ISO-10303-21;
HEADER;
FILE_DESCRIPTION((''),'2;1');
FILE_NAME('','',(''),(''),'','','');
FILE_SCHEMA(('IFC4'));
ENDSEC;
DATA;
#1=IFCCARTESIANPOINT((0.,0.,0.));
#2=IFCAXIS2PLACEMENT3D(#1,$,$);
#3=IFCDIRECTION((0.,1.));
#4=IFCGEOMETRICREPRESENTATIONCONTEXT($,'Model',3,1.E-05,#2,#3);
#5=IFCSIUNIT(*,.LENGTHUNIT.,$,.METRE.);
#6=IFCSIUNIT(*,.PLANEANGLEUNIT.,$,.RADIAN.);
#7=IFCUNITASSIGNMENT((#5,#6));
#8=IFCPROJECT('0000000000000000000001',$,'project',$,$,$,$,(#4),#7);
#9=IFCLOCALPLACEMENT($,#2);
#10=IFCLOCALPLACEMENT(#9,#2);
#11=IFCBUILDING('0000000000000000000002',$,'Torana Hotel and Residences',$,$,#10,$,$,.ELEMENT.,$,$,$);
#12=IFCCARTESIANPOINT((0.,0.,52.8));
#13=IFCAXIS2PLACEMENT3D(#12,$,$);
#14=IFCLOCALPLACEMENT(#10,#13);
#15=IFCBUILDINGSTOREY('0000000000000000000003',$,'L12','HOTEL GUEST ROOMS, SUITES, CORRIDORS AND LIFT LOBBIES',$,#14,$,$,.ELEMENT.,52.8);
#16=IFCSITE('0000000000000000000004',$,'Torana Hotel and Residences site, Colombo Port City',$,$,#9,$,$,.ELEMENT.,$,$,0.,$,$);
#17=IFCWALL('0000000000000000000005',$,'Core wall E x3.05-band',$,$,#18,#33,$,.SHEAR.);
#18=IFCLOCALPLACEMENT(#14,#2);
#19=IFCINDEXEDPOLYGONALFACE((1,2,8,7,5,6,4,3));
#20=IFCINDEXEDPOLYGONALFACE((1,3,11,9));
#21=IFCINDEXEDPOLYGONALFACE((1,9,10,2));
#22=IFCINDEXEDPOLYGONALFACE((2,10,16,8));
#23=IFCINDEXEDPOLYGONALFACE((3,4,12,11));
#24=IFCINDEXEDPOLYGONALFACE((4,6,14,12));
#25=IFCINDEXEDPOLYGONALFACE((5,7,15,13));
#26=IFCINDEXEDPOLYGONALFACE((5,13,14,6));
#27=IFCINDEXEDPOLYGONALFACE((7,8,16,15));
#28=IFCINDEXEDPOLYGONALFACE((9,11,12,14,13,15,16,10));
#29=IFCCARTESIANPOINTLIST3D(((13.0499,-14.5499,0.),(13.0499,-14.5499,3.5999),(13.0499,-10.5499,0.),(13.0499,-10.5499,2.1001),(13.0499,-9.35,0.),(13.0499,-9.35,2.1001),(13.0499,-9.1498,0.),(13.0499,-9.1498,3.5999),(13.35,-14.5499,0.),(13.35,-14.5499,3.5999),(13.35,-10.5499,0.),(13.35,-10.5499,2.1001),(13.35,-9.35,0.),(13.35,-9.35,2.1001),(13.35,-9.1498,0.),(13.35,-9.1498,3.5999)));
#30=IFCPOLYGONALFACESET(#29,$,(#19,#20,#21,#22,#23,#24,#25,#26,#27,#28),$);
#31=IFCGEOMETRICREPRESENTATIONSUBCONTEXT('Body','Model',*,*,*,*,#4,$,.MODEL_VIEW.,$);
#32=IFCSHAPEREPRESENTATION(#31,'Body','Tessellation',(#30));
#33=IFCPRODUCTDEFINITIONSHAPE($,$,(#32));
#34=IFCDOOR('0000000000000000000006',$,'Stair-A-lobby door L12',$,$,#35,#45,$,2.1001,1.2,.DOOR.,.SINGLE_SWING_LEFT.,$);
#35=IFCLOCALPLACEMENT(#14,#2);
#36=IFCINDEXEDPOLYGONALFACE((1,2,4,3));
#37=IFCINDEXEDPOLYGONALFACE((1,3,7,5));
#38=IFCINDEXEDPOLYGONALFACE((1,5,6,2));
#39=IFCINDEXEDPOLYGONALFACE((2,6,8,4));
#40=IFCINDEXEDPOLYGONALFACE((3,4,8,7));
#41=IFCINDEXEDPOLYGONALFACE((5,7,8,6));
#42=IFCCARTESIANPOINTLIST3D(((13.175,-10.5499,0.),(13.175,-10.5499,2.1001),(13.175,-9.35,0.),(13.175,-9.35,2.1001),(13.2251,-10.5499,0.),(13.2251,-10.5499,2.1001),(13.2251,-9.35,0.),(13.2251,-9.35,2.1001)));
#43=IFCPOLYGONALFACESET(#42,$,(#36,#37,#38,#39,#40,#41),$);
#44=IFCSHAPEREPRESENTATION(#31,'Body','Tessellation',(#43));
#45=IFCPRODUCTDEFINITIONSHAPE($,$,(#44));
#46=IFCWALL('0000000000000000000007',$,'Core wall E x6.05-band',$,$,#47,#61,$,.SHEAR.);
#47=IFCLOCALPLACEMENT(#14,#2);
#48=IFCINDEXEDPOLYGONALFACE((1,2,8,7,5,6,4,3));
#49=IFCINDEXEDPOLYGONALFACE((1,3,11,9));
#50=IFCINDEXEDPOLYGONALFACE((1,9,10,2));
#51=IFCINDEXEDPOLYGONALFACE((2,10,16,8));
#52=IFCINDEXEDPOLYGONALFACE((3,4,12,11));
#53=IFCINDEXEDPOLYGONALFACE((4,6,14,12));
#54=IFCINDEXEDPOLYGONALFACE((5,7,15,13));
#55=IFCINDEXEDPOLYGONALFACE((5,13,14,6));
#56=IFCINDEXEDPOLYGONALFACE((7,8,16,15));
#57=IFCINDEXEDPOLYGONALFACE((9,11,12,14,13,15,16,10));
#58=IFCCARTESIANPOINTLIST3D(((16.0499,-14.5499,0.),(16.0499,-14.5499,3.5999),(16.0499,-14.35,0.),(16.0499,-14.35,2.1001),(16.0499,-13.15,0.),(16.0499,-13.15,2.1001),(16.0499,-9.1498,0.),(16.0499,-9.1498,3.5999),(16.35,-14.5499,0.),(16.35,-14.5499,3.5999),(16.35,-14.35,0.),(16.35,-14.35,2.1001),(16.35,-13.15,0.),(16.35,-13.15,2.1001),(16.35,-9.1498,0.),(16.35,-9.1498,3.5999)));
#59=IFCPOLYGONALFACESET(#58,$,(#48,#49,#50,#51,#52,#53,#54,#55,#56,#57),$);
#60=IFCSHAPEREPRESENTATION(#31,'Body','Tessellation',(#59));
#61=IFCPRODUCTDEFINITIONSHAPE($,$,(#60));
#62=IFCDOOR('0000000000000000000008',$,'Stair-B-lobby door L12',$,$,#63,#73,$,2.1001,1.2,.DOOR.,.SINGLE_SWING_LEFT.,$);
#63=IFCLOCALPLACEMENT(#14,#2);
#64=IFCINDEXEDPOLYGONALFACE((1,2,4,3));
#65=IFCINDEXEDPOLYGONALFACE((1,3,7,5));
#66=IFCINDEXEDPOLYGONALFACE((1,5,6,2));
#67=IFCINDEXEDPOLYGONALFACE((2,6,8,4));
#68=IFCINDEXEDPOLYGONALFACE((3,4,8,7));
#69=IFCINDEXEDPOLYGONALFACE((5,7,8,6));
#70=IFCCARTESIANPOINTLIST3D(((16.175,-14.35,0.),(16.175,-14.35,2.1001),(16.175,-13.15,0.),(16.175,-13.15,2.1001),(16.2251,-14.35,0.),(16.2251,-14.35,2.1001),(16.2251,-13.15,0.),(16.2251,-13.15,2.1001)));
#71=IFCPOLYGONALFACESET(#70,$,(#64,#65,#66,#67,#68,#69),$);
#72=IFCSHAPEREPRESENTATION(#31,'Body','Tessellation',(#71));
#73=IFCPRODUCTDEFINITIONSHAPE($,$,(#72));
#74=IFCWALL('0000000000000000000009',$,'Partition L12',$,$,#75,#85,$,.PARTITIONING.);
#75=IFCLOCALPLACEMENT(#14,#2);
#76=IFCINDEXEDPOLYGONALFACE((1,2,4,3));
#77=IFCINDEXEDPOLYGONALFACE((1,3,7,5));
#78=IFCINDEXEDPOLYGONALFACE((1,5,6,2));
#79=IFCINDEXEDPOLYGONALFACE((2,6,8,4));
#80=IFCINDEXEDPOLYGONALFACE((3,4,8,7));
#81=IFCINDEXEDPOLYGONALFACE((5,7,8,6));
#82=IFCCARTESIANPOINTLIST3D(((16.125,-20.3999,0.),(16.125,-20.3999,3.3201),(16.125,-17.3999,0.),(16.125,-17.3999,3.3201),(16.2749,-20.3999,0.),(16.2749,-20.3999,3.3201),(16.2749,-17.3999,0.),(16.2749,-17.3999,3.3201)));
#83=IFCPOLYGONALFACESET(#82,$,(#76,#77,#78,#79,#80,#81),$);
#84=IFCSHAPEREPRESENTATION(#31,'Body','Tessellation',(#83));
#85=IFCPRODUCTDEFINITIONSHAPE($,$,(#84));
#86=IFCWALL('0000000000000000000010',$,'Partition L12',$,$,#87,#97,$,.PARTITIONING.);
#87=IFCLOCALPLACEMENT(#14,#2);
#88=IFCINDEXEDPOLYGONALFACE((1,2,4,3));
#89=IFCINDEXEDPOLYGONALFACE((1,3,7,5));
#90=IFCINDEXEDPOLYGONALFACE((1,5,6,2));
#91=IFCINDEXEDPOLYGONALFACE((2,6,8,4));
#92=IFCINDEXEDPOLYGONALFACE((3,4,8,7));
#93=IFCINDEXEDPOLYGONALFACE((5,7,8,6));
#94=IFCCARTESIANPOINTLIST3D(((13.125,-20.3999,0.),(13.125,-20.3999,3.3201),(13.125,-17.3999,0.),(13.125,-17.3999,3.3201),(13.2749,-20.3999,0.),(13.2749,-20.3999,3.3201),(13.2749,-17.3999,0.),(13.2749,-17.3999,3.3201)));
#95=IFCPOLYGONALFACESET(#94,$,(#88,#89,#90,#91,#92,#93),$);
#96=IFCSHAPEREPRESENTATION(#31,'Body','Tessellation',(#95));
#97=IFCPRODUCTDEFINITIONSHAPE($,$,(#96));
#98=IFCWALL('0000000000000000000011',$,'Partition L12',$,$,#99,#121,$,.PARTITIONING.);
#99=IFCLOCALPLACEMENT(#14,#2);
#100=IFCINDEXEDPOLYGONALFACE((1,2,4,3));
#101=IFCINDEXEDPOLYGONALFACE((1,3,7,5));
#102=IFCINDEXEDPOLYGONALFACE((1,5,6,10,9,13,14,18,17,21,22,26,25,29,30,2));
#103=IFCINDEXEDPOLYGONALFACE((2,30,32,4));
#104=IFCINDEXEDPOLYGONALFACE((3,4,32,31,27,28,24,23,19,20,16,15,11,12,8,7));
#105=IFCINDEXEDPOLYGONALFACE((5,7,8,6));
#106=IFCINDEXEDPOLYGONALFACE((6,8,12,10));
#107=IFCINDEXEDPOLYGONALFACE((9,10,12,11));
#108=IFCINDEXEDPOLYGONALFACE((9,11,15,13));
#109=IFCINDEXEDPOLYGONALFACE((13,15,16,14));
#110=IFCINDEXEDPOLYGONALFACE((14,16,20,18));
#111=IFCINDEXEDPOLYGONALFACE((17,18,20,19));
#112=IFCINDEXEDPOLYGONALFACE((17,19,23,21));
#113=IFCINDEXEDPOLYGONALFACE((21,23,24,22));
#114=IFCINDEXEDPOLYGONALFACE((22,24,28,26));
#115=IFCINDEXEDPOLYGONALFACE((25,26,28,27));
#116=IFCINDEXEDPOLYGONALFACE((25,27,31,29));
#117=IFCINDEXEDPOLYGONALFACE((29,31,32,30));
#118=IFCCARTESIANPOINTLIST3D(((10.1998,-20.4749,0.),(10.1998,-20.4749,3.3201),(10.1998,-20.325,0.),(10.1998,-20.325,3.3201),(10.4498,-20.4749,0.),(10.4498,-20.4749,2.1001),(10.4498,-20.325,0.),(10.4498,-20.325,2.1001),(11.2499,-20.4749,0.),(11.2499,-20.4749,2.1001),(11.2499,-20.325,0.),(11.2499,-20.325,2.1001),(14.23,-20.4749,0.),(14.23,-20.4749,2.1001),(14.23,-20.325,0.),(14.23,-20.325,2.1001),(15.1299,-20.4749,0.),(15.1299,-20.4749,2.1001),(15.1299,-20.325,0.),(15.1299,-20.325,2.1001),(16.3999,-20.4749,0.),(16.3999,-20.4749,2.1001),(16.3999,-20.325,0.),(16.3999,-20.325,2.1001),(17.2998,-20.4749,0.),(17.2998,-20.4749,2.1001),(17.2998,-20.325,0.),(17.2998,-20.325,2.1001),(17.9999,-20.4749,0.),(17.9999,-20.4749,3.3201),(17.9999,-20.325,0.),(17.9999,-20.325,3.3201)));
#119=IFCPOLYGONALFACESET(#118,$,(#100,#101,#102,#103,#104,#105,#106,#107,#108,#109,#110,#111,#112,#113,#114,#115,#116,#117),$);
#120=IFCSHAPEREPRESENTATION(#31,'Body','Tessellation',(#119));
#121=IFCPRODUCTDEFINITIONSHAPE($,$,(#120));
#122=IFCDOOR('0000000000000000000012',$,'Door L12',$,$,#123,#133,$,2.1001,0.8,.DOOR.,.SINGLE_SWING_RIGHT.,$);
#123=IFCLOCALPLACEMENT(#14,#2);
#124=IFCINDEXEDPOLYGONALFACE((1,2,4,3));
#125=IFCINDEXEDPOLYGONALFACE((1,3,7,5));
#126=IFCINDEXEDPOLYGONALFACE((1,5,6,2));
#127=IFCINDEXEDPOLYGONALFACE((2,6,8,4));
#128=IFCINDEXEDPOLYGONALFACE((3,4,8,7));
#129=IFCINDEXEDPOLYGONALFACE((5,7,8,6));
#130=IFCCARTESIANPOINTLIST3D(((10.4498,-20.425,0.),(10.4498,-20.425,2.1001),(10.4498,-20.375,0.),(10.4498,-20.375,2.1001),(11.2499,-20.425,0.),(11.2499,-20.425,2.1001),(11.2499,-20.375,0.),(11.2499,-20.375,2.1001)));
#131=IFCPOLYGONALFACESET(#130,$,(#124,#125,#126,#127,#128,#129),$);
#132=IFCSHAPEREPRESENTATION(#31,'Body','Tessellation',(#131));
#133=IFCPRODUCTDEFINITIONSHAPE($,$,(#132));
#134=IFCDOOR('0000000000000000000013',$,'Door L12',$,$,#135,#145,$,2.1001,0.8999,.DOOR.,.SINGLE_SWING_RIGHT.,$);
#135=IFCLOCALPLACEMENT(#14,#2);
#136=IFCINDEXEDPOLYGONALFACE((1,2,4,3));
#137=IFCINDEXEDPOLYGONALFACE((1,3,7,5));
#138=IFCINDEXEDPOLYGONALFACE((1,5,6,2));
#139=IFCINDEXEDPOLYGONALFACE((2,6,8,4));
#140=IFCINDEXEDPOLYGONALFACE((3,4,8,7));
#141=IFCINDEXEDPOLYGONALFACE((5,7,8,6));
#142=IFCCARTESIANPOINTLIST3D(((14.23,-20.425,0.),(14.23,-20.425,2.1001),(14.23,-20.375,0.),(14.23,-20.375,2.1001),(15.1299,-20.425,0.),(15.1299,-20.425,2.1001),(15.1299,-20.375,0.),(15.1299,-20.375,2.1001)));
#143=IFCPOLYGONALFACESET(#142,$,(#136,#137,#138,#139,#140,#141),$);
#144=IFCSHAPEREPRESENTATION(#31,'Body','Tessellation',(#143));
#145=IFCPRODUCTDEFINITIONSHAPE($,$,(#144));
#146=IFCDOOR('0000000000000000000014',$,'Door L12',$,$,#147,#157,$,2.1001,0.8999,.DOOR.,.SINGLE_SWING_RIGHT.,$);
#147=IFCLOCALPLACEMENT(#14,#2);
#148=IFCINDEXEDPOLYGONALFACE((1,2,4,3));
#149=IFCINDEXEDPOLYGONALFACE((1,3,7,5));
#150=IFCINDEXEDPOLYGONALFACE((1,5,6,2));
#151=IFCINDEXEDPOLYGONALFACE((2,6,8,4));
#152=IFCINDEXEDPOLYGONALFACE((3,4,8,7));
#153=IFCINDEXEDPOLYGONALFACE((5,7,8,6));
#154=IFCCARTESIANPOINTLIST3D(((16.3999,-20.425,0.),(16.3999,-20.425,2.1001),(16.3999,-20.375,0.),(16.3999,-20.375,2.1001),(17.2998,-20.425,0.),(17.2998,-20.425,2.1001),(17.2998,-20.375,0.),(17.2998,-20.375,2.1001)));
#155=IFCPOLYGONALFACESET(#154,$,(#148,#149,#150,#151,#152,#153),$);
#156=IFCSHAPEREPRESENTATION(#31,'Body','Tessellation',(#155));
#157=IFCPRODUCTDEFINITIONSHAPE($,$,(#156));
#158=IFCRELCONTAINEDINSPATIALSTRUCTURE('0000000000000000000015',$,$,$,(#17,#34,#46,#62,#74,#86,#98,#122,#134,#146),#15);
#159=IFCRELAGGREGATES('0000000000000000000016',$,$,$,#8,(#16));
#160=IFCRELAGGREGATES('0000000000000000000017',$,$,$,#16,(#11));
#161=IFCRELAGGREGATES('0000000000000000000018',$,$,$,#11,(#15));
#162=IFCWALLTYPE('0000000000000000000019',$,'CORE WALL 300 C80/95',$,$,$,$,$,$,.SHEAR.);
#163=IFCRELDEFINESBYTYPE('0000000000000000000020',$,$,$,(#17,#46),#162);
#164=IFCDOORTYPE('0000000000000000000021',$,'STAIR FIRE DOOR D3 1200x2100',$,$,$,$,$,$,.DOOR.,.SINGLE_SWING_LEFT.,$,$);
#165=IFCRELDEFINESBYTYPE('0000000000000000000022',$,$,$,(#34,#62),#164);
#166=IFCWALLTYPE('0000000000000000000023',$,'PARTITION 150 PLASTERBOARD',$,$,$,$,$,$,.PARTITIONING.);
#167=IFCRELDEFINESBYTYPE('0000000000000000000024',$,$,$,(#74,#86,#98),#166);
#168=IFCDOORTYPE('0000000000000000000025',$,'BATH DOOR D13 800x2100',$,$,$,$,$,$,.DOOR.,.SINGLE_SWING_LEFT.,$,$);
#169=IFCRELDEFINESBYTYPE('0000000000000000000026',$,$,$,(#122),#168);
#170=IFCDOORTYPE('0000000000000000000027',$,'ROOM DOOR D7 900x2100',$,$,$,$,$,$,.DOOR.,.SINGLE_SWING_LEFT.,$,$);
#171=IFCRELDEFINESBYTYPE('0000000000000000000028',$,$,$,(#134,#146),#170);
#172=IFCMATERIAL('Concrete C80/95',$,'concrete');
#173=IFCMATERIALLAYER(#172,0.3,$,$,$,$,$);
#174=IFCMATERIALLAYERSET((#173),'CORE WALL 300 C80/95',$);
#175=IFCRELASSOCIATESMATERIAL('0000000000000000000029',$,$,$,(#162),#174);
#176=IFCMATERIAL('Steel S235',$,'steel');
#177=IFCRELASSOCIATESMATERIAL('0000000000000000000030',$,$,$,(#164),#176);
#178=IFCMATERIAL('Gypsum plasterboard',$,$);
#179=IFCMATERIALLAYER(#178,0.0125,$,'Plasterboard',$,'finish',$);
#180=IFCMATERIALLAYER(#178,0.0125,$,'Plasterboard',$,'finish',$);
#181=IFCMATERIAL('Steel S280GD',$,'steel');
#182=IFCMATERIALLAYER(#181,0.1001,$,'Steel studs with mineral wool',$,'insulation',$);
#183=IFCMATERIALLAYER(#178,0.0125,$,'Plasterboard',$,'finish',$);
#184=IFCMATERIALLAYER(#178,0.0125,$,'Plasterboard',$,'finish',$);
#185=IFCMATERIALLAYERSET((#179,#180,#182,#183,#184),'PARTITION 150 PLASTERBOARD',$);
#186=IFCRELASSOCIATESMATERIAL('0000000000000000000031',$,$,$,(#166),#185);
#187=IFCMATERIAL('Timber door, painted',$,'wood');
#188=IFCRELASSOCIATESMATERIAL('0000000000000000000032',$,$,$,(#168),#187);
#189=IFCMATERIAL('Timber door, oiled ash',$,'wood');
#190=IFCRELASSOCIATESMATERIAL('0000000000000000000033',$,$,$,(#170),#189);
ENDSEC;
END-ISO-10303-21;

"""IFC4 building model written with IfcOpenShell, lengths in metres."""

from ifc_helpers import new_model, si_unit, direction, frame, frame_2d, origin, place, context, subcontext, project, spatial, rectangle, extrude, material, layer, layer_set, type_object, element, fill, save


model = new_model("IFC4")

# Units and contexts
model_context = context("Model", 3, precision=1e-05, world=origin(), true_north=direction((0.0, 1.0)))
body_context = subcontext(model_context, "Body", "Model", "MODEL_VIEW")
ifc_project = project(units=[si_unit("LENGTHUNIT", "METRE"), si_unit("PLANEANGLEUNIT", "RADIAN")], contexts=[model_context])

# Site, building, storey
site_placement = place(None, origin())
site = spatial("IfcSite", under=ifc_project, at=site_placement, Name="Torana Hotel and Residences site, Colombo Port City", CompositionType="ELEMENT", RefElevation=0.0)
building_placement = place(site_placement, origin())
building = spatial("IfcBuilding", under=site, at=building_placement, Name="Torana Hotel and Residences", CompositionType="ELEMENT")
storey_placement = place(building_placement, frame((0.0, 0.0, 52.8)))
storey = spatial("IfcBuildingStorey", under=building, at=storey_placement, Name="L12", Description="HOTEL GUEST ROOMS, SUITES, CORRIDORS AND LIFT LOBBIES", CompositionType="ELEMENT", Elevation=52.8)

# Walls, openings, doors
ifc_material_1 = material(Name="Concrete C80/95", Category="concrete")
ifc_layer_1 = layer(ifc_material_1, 0.3)
ifc_layer_set_1 = layer_set([ifc_layer_1], Name="CORE WALL 300 C80/95")
wall_type_1 = type_object("IfcWallType", Name="CORE WALL 300 C80/95", PredefinedType="SHEAR", material=ifc_layer_set_1)
wall_1_placement = place(storey_placement, frame((13.2, -14.55, 0.0), z_axis=(0.0, 0.0, 1.0), x_axis=(0.0, 1.0, 0.0)))
wall_1 = element("IfcWall", 1, at=wall_1_placement, inside=storey, type_object=wall_type_1, Name="Core wall E x3.05-band", PredefinedType="SHEAR", context=body_context, shape_type="SweptSolid", body=[
    extrude(rectangle(XDim=5.4001, YDim=0.3, at=frame_2d((2.7002, 0.0))), origin(), (0.0, 0.0, 1.0), 3.5999),
])
opening_1_placement = place(wall_1_placement, frame((4.0, 0.0, 0.0)))
opening_1 = element("IfcOpeningElement", 2, at=opening_1_placement, cuts=wall_1, PredefinedType="OPENING", context=body_context, shape_type="SweptSolid", body=[
    extrude(rectangle(XDim=1.2, YDim=2.1001, at=frame_2d((0.6001, 1.05))), frame((0.0, 0.1599, 0.0), z_axis=(0.0, -1.0, 0.0), x_axis=(1.0, 0.0, 0.0)), (0.0, 0.0, 1.0), 0.3201),
])
ifc_material_2 = material(Name="Steel S235", Category="steel")
door_type_1 = type_object("IfcDoorType", Name="STAIR FIRE DOOR D3 1200x2100", OperationType="SINGLE_SWING_LEFT", PredefinedType="DOOR", material=ifc_material_2)
door_1_placement = place(opening_1_placement, origin())
door_1 = element("IfcDoor", 3, at=door_1_placement, inside=storey, type_object=door_type_1, Name="Stair-A-lobby door L12", OperationType="SINGLE_SWING_LEFT", OverallHeight=2.1001, OverallWidth=1.2, PredefinedType="DOOR", context=body_context, shape_type="SweptSolid", body=[
    extrude(rectangle(XDim=1.2, YDim=2.1001, at=frame_2d((0.6001, 1.05))), frame((0.0, 0.0249, 0.0), z_axis=(0.0, -1.0, 0.0), x_axis=(1.0, 0.0, 0.0)), (0.0, 0.0, 1.0), 0.05),
])
fill(opening_1, door_1)
wall_2_placement = place(storey_placement, frame((16.2, -14.55, 0.0), z_axis=(0.0, 0.0, 1.0), x_axis=(0.0, 1.0, 0.0)))
wall_2 = element("IfcWall", 4, at=wall_2_placement, inside=storey, type_object=wall_type_1, Name="Core wall E x6.05-band", PredefinedType="SHEAR", context=body_context, shape_type="SweptSolid", body=[
    extrude(rectangle(XDim=5.4001, YDim=0.3, at=frame_2d((2.7002, 0.0))), origin(), (0.0, 0.0, 1.0), 3.5999),
])
opening_2_placement = place(wall_2_placement, frame((0.2, 0.0, 0.0)))
opening_2 = element("IfcOpeningElement", 5, at=opening_2_placement, cuts=wall_2, PredefinedType="OPENING", context=body_context, shape_type="SweptSolid", body=[
    extrude(rectangle(XDim=1.2, YDim=2.1001, at=frame_2d((0.6001, 1.05))), frame((0.0, 0.1599, 0.0), z_axis=(0.0, -1.0, 0.0), x_axis=(1.0, 0.0, 0.0)), (0.0, 0.0, 1.0), 0.3201),
])
door_2_placement = place(opening_2_placement, frame((0.6001, 0.0, 0.0), z_axis=(0.0, 0.0, 1.0), x_axis=(-1.0, 0.0, 0.0)))
door_2 = element("IfcDoor", 6, at=door_2_placement, inside=storey, type_object=door_type_1, Name="Stair-B-lobby door L12", OperationType="SINGLE_SWING_LEFT", OverallHeight=2.1001, OverallWidth=1.2, PredefinedType="DOOR", context=body_context, shape_type="SweptSolid", body=[
    extrude(rectangle(XDim=1.2, YDim=2.1001, at=frame_2d((0.0, 1.05))), frame((0.0, -0.0249, 0.0), z_axis=(0.0, 1.0, 0.0), x_axis=(-1.0, 0.0, 0.0)), (0.0, 0.0, 1.0), 0.05),
])
fill(opening_2, door_2)

# Walls
ifc_material_3 = material(Name="Gypsum plasterboard")
ifc_layer_2 = layer(ifc_material_3, 0.0125, Name="Plasterboard", Category="finish")
ifc_layer_3 = layer(ifc_material_3, 0.0125, Name="Plasterboard", Category="finish")
ifc_material_4 = material(Name="Steel S280GD", Category="steel")
ifc_layer_4 = layer(ifc_material_4, 0.1001, Name="Steel studs with mineral wool", Category="insulation")
ifc_layer_5 = layer(ifc_material_3, 0.0125, Name="Plasterboard", Category="finish")
ifc_layer_6 = layer(ifc_material_3, 0.0125, Name="Plasterboard", Category="finish")
ifc_layer_set_2 = layer_set([ifc_layer_2, ifc_layer_3, ifc_layer_4, ifc_layer_5, ifc_layer_6], Name="PARTITION 150 PLASTERBOARD")
wall_type_2 = type_object("IfcWallType", Name="PARTITION 150 PLASTERBOARD", PredefinedType="PARTITIONING", material=ifc_layer_set_2)
for number, where, z_axis, x_axis, name in (
    (7, (16.2, -20.3999, 0.0), (0.0, 0.0, 1.0), (0.0, 1.0, 0.0), "Partition L12"),
    (8, (13.2, -20.3999, 0.0), (0.0, 0.0, 1.0), (0.0, 1.0, 0.0), "Partition L12"),
):
    element("IfcWall", number, at=place(storey_placement, frame(where, z_axis=z_axis, x_axis=x_axis)), inside=storey, type_object=wall_type_2, Name=name, PredefinedType="PARTITIONING", context=body_context, shape_type="SweptSolid", body=[
        extrude(rectangle(XDim=3.0, YDim=0.1499, at=frame_2d((1.5, 0.0))), origin(), (0.0, 0.0, 1.0), 3.3201),
    ])

# Wall, openings, doors
wall_3_placement = place(storey_placement, frame((10.2, -20.3999, 0.0), z_axis=(0.0, 0.0, 1.0), x_axis=(1.0, 0.0, 0.0)))
wall_3 = element("IfcWall", 9, at=wall_3_placement, inside=storey, type_object=wall_type_2, Name="Partition L12", PredefinedType="PARTITIONING", context=body_context, shape_type="SweptSolid", body=[
    extrude(rectangle(XDim=7.8, YDim=0.1499, at=frame_2d((3.8999, 0.0))), origin(), (0.0, 0.0, 1.0), 3.3201),
])
opening_3_placement = place(wall_3_placement, frame((0.25, 0.0, 0.0)))
opening_3 = element("IfcOpeningElement", 10, at=opening_3_placement, cuts=wall_3, PredefinedType="OPENING", context=body_context, shape_type="SweptSolid", body=[
    extrude(rectangle(XDim=0.8, YDim=2.1001, at=frame_2d((0.3999, 1.05))), frame((0.0, 0.085, 0.0), z_axis=(0.0, -1.0, 0.0), x_axis=(1.0, 0.0, 0.0)), (0.0, 0.0, 1.0), 0.1699),
])
opening_4_placement = place(wall_3_placement, frame((4.03, 0.0, 0.0)))
opening_4 = element("IfcOpeningElement", 11, at=opening_4_placement, cuts=wall_3, PredefinedType="OPENING", context=body_context, shape_type="SweptSolid", body=[
    extrude(rectangle(XDim=0.8999, YDim=2.1001, at=frame_2d((0.45, 1.05))), frame((0.0, 0.085, 0.0), z_axis=(0.0, -1.0, 0.0), x_axis=(1.0, 0.0, 0.0)), (0.0, 0.0, 1.0), 0.1699),
])
opening_5_placement = place(wall_3_placement, frame((6.2, 0.0, 0.0)))
opening_5 = element("IfcOpeningElement", 12, at=opening_5_placement, cuts=wall_3, PredefinedType="OPENING", context=body_context, shape_type="SweptSolid", body=[
    extrude(rectangle(XDim=0.8999, YDim=2.1001, at=frame_2d((0.45, 1.05))), frame((0.0, 0.085, 0.0), z_axis=(0.0, -1.0, 0.0), x_axis=(1.0, 0.0, 0.0)), (0.0, 0.0, 1.0), 0.1699),
])
ifc_material_5 = material(Name="Timber door, painted", Category="wood")
door_type_2 = type_object("IfcDoorType", Name="BATH DOOR D13 800x2100", OperationType="SINGLE_SWING_LEFT", PredefinedType="DOOR", material=ifc_material_5)
door_3_placement = place(opening_3_placement, origin())
door_3 = element("IfcDoor", 13, at=door_3_placement, inside=storey, type_object=door_type_2, Name="Door L12", OperationType="SINGLE_SWING_RIGHT", OverallHeight=2.1001, OverallWidth=0.8, PredefinedType="DOOR", context=body_context, shape_type="SweptSolid", body=[
    extrude(rectangle(XDim=0.8, YDim=2.1001, at=frame_2d((0.3999, 1.05))), frame((0.0, 0.0249, 0.0), z_axis=(0.0, -1.0, 0.0), x_axis=(1.0, 0.0, 0.0)), (0.0, 0.0, 1.0), 0.05),
])
fill(opening_3, door_3)
ifc_material_6 = material(Name="Timber door, oiled ash", Category="wood")
door_type_3 = type_object("IfcDoorType", Name="ROOM DOOR D7 900x2100", OperationType="SINGLE_SWING_LEFT", PredefinedType="DOOR", material=ifc_material_6)
door_4_placement = place(opening_4_placement, origin())
door_4 = element("IfcDoor", 14, at=door_4_placement, inside=storey, type_object=door_type_3, Name="Door L12", OperationType="SINGLE_SWING_RIGHT", OverallHeight=2.1001, OverallWidth=0.8999, PredefinedType="DOOR", context=body_context, shape_type="SweptSolid", body=[
    extrude(rectangle(XDim=0.8999, YDim=2.1001, at=frame_2d((0.45, 1.05))), frame((0.0, 0.0249, 0.0), z_axis=(0.0, -1.0, 0.0), x_axis=(1.0, 0.0, 0.0)), (0.0, 0.0, 1.0), 0.05),
])
fill(opening_4, door_4)
door_5_placement = place(opening_5_placement, origin())
door_5 = element("IfcDoor", 15, at=door_5_placement, inside=storey, type_object=door_type_3, Name="Door L12", OperationType="SINGLE_SWING_RIGHT", OverallHeight=2.1001, OverallWidth=0.8999, PredefinedType="DOOR", context=body_context, shape_type="SweptSolid", body=[
    extrude(rectangle(XDim=0.8999, YDim=2.1001, at=frame_2d((0.45, 1.05))), frame((0.0, 0.0249, 0.0), z_axis=(0.0, -1.0, 0.0), x_axis=(1.0, 0.0, 0.0)), (0.0, 0.0, 1.0), 0.05),
])
fill(opening_5, door_5)

save(model, "model.ifc")
